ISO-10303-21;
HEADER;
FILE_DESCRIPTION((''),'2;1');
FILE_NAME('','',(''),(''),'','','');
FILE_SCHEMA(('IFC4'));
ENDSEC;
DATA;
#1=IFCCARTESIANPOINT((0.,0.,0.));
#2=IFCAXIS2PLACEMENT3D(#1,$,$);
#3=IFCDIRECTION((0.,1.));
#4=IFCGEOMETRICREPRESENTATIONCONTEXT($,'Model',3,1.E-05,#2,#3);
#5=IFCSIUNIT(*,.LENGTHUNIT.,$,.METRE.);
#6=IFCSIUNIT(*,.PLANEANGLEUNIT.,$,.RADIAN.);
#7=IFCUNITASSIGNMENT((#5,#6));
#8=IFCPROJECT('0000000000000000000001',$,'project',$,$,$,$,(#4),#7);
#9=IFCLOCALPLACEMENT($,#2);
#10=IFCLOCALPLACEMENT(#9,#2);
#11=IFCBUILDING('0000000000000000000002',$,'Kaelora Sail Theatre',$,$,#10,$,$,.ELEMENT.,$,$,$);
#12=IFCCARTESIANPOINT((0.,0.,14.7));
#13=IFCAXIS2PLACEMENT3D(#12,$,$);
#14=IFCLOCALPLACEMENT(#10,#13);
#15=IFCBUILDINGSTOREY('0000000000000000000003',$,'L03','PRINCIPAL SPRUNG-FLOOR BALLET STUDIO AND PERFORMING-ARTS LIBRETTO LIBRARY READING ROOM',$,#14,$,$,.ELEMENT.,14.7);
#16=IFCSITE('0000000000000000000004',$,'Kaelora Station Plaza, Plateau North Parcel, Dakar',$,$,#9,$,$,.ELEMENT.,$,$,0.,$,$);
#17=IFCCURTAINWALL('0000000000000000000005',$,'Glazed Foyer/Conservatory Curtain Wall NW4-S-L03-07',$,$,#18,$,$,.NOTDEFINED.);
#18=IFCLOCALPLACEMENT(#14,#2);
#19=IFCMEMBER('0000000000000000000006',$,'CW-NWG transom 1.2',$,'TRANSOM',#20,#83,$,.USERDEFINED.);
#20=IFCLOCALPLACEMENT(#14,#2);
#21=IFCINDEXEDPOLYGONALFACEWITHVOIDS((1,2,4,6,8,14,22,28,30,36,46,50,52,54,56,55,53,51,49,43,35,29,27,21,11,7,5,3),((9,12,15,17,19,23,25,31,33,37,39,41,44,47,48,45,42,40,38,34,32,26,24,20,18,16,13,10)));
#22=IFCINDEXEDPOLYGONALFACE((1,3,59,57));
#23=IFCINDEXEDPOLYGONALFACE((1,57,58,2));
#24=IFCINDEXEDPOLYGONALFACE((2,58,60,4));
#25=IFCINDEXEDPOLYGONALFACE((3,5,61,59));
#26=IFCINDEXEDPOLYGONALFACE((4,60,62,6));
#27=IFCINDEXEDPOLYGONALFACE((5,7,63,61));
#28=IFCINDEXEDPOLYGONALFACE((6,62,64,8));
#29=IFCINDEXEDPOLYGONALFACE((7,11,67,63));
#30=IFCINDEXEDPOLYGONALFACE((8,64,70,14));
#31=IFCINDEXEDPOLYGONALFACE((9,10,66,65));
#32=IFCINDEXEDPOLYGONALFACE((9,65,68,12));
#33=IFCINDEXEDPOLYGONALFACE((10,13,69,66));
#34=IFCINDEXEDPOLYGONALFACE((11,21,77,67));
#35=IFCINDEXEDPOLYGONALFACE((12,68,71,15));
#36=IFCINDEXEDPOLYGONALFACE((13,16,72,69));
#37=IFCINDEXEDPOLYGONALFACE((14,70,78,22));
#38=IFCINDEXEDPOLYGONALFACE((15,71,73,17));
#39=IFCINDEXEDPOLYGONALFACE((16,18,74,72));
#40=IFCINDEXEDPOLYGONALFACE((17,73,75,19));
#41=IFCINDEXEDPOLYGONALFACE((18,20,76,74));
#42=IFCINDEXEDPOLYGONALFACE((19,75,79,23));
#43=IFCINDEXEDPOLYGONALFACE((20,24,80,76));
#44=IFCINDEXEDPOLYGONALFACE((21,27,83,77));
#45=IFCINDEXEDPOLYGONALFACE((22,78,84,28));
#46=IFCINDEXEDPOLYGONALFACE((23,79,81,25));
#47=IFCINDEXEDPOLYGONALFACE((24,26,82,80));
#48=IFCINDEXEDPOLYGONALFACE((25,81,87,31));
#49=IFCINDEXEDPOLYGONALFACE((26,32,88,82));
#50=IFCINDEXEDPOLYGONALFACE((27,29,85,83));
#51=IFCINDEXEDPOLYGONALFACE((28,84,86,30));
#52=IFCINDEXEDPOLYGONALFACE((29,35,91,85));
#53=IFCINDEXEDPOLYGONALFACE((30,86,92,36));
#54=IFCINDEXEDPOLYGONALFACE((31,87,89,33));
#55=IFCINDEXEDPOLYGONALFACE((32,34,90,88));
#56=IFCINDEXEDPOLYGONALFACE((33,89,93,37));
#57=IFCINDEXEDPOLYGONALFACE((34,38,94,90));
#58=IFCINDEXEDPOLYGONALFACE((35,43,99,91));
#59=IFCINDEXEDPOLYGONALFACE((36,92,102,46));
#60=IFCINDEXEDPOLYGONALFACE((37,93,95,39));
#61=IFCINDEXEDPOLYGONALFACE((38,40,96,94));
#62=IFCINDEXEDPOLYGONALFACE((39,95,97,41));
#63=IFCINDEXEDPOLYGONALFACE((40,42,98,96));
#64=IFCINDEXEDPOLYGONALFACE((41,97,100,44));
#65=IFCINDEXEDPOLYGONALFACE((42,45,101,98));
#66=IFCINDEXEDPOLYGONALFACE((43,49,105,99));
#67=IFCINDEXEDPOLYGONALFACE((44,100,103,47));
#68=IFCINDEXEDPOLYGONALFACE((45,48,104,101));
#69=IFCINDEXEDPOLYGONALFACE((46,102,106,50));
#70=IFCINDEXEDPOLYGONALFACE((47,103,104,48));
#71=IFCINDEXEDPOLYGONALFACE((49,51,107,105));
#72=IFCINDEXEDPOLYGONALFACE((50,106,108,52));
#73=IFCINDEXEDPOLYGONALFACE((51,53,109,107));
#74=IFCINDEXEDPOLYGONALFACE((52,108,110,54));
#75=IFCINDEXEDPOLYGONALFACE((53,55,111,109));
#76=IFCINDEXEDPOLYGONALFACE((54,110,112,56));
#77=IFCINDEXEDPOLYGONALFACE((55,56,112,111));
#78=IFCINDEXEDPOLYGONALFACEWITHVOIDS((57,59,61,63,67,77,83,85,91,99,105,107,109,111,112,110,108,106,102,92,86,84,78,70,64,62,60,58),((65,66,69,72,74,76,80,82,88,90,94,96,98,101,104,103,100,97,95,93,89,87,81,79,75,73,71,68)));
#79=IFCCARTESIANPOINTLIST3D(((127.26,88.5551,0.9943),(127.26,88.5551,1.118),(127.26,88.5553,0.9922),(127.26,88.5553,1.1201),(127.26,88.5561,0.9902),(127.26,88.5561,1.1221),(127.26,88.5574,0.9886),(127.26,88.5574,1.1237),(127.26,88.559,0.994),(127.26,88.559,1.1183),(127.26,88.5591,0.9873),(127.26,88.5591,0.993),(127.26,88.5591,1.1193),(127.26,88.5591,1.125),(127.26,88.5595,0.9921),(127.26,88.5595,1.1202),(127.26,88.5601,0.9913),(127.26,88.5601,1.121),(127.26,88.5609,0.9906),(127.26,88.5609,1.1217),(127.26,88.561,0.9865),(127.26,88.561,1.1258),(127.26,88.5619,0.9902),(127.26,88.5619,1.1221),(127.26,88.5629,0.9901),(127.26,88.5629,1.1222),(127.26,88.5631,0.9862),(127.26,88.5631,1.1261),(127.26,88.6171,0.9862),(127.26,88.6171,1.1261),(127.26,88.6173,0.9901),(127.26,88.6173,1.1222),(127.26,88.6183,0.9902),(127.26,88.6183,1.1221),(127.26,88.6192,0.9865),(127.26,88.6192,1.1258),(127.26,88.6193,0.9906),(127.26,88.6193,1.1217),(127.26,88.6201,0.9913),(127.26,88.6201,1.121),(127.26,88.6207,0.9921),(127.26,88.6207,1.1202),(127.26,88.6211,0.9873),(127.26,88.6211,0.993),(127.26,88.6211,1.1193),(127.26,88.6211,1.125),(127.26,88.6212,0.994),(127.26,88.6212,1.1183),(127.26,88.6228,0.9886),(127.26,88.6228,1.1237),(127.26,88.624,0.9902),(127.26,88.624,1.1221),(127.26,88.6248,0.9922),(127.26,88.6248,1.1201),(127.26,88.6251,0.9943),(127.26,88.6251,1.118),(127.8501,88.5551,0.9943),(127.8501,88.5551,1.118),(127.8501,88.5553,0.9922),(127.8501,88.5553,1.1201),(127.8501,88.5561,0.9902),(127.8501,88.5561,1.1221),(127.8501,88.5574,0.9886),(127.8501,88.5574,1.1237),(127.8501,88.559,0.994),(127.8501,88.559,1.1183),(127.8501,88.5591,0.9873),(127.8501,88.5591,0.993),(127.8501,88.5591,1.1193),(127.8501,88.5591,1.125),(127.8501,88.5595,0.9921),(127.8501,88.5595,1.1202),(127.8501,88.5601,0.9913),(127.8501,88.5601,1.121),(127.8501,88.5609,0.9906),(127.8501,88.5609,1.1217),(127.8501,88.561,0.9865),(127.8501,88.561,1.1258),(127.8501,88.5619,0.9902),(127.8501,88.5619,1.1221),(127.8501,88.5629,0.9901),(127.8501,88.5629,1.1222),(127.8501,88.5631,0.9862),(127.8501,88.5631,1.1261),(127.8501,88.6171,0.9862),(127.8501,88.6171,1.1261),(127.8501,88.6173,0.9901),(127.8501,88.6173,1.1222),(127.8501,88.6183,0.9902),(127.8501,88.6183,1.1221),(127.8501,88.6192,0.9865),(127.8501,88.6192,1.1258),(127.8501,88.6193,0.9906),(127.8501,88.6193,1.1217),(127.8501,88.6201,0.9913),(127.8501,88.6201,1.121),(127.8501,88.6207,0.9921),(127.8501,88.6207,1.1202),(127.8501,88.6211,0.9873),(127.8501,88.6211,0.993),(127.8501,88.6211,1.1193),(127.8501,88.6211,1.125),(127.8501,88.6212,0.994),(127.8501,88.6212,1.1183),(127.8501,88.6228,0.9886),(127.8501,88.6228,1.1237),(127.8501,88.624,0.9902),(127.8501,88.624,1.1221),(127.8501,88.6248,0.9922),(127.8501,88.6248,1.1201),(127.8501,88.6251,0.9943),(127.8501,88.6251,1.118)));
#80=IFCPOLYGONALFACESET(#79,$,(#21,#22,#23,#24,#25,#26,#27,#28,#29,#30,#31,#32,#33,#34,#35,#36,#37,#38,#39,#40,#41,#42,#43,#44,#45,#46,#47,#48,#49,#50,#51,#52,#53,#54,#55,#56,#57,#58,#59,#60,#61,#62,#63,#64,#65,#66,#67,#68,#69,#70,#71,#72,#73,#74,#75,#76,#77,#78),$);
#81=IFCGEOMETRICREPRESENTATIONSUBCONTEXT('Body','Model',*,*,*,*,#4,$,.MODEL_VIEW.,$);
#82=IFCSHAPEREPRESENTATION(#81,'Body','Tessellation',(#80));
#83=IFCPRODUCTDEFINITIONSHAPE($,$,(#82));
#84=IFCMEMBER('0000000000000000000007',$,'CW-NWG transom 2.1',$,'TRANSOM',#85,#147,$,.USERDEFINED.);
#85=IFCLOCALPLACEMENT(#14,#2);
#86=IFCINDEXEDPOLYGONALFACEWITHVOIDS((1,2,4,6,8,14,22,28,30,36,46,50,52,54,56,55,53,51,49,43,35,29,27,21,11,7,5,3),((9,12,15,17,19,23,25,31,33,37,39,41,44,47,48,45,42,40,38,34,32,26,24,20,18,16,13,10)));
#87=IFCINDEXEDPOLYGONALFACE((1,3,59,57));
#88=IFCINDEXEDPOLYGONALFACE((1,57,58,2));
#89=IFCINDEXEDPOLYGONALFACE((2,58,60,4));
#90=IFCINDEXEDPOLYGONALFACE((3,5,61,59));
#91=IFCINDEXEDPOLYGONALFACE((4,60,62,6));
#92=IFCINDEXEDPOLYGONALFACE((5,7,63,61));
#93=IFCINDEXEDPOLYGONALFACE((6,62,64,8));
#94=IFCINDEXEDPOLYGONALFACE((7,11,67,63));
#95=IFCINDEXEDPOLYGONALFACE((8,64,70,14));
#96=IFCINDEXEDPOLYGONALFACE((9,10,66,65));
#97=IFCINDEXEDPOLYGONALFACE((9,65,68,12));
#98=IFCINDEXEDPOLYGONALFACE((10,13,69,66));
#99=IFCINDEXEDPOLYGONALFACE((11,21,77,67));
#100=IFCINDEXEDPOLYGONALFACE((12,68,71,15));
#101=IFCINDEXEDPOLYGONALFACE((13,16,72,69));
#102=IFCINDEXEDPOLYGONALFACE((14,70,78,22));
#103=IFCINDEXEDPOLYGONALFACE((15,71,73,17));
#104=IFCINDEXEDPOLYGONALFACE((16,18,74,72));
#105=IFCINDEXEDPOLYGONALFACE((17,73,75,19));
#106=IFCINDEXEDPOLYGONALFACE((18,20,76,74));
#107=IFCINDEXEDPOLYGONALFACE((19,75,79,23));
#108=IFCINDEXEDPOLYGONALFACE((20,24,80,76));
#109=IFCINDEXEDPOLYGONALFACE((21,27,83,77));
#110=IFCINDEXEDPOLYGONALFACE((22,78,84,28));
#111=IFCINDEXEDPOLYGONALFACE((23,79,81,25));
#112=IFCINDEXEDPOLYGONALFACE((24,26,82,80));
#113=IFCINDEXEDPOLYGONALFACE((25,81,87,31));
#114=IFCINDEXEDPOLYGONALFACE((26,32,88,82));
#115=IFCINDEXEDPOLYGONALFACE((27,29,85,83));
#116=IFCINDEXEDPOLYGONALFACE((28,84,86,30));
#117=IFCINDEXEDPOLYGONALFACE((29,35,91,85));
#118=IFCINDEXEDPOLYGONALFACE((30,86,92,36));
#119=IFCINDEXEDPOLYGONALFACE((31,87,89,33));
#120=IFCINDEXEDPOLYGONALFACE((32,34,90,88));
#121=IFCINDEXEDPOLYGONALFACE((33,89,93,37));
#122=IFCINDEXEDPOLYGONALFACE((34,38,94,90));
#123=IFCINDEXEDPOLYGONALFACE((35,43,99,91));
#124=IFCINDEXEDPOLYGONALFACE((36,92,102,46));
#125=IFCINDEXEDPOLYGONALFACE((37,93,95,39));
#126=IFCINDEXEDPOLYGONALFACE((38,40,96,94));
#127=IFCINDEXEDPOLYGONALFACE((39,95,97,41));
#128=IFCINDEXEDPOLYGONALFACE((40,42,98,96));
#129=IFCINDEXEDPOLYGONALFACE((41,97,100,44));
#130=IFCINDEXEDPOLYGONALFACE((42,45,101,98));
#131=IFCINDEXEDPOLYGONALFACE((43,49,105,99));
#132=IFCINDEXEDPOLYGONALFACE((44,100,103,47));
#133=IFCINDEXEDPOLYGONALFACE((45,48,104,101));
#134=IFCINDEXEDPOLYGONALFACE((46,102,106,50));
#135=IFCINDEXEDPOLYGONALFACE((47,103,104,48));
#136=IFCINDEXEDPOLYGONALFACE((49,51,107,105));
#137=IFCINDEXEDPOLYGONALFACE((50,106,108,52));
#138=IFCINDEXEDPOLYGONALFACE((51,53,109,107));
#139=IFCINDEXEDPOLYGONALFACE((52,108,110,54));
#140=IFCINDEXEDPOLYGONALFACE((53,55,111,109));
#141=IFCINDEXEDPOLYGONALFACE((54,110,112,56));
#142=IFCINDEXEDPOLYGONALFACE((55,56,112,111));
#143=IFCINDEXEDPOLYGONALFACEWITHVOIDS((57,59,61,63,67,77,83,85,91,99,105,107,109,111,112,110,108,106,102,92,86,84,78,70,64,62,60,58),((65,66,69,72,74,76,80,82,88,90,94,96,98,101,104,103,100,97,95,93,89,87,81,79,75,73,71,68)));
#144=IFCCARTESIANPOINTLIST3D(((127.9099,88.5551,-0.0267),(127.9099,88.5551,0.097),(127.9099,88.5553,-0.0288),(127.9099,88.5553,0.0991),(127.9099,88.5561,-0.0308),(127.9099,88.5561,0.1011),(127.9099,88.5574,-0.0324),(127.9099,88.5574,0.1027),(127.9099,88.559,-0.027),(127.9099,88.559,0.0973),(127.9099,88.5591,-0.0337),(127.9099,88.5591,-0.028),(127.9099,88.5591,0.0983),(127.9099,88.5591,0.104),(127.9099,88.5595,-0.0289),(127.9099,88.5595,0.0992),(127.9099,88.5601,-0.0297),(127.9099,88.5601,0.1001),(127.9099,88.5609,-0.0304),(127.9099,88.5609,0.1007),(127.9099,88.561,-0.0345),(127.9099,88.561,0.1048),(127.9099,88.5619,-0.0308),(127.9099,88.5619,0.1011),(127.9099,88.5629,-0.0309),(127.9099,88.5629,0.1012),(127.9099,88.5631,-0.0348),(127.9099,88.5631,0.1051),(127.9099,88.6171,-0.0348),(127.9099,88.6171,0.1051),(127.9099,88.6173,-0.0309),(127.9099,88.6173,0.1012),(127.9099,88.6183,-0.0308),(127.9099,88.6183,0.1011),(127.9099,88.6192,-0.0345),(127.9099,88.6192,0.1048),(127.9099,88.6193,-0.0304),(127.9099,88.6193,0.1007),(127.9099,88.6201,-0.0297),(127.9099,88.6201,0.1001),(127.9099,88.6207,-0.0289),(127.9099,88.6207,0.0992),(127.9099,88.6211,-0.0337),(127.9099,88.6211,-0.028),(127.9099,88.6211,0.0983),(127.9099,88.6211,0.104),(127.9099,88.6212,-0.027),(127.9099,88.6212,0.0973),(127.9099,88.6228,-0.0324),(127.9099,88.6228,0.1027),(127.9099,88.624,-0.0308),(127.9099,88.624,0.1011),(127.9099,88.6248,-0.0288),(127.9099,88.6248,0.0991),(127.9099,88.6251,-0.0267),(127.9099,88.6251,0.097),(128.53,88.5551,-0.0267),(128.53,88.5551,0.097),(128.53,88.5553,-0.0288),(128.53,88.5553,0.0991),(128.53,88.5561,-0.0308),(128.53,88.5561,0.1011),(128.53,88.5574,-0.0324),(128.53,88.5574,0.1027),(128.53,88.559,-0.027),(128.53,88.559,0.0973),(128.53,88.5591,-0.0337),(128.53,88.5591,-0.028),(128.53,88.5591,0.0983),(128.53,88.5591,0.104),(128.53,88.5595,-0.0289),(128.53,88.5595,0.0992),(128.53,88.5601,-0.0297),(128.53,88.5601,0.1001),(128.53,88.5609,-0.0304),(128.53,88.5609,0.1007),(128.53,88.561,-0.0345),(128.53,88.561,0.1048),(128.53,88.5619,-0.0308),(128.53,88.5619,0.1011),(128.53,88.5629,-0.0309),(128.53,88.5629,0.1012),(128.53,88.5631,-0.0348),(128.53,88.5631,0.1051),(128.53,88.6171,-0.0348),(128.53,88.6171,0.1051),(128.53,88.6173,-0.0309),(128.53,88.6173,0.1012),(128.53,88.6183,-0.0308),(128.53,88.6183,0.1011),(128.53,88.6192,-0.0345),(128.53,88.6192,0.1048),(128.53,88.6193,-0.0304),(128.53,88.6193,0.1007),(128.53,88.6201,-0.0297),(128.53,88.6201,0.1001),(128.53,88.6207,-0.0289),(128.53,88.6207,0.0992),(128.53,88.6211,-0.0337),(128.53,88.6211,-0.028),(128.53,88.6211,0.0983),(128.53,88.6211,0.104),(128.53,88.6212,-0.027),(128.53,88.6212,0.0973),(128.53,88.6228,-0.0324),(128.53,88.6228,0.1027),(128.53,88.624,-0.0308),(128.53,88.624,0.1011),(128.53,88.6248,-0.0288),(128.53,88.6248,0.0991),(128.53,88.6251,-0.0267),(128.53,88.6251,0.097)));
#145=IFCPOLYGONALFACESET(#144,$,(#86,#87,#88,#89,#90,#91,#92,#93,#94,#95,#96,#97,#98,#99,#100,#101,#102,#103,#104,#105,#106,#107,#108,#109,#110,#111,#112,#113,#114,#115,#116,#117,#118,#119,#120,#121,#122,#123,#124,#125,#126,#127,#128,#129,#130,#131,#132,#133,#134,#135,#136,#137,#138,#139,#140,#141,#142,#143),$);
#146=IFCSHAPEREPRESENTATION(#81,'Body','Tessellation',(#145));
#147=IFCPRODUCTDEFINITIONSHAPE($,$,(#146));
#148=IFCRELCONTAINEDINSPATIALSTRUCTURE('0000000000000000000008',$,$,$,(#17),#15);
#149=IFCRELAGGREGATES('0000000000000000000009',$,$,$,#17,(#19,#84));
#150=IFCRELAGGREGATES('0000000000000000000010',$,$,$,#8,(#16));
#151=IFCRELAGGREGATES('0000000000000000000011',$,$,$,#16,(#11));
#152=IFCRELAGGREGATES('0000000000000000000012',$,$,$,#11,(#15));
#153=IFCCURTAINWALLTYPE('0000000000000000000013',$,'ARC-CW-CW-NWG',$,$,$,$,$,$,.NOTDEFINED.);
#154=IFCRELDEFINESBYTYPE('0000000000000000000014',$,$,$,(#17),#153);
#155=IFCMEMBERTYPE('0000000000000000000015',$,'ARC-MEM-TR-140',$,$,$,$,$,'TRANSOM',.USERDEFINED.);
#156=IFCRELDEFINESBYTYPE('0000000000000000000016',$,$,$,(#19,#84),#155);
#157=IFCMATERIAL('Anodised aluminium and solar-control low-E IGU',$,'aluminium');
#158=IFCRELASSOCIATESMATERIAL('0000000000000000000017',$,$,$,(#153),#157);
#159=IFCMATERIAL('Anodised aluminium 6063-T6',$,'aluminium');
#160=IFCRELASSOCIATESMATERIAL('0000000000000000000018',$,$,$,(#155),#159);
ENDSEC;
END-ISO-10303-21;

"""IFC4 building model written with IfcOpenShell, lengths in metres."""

from ifc_helpers import new_model, si_unit, direction, frame, origin, origin_2d, place, context, subcontext, project, spatial, hollow_rectangle, extrude, material, material_profile, profile_set, type_object, element, aggregate, save


model = new_model("IFC4")

# Units and contexts
model_context = context("Model", 3, precision=1e-05, world=origin(), true_north=direction((0.0, 1.0)))
body_context = subcontext(model_context, "Body", "Model", "MODEL_VIEW")
ifc_project = project(units=[si_unit("LENGTHUNIT", "METRE"), si_unit("PLANEANGLEUNIT", "RADIAN")], contexts=[model_context])

# Site, building, storey
site_placement = place(None, origin())
site = spatial("IfcSite", under=ifc_project, at=site_placement, Name="Kaelora Station Plaza, Plateau North Parcel, Dakar", CompositionType="ELEMENT", RefElevation=0.0)
building_placement = place(site_placement, origin())
building = spatial("IfcBuilding", under=site, at=building_placement, Name="Kaelora Sail Theatre", CompositionType="ELEMENT")
storey_placement = place(building_placement, frame((0.0, 0.0, 14.7)))
storey = spatial("IfcBuildingStorey", under=building, at=storey_placement, Name="L03", Description="PRINCIPAL SPRUNG-FLOOR BALLET STUDIO AND PERFORMING-ARTS LIBRETTO LIBRARY READING ROOM", CompositionType="ELEMENT", Elevation=14.7)

# Curtain wall
ifc_material_1 = material(Name="Anodised aluminium and solar-control low-E IGU", Category="aluminium")
curtain_wall_type = type_object("IfcCurtainWallType", Name="ARC-CW-CW-NWG", PredefinedType="NOTDEFINED", material=ifc_material_1)
curtain_wall_1_placement = place(storey_placement, origin())
curtain_wall_1 = element("IfcCurtainWall", 1, at=curtain_wall_1_placement, inside=storey, type_object=curtain_wall_type, Name="Glazed Foyer/Conservatory Curtain Wall NW4-S-L03-07", PredefinedType="NOTDEFINED")

# Members
ifc_material_2 = material(Name="Anodised aluminium 6063-T6", Category="aluminium")
ifc_material_profile_1 = material_profile(ifc_material_2, hollow_rectangle(XDim=0.0701, YDim=0.1399, WallThickness=0.0039, InnerFilletRadius=0.0039, OuterFilletRadius=0.0081, at=origin_2d()), Name="ALU-TRAN 70x140x4")
ifc_profile_set_1 = profile_set([ifc_material_profile_1], Name="Anodised aluminium 6063-T6")
member_type_1 = type_object("IfcMemberType", Name="ARC-MEM-TR-140", ElementType="TRANSOM", PredefinedType="USERDEFINED", material=ifc_profile_set_1)
member_1_placement = place(storey_placement, frame((127.26, 88.5901, 1.0562), z_axis=(1.0, 0.0, 0.0), x_axis=(0.0, 1.0, 0.0)))
member_1 = element("IfcMember", 2, at=member_1_placement, type_object=member_type_1, Name="CW-NWG transom 1.2", ObjectType="TRANSOM", PredefinedType="USERDEFINED", context=body_context, shape_type="SweptSolid", body=[
    extrude(hollow_rectangle(XDim=0.0701, YDim=0.1399, WallThickness=0.0039, InnerFilletRadius=0.0039, OuterFilletRadius=0.0081, at=origin_2d()), origin(), (0.0, 0.0, 1.0), 0.5901),
])
member_2_placement = place(storey_placement, frame((127.9099, 88.5901, 0.0352), z_axis=(1.0, 0.0, 0.0), x_axis=(0.0, 1.0, 0.0)))
member_2 = element("IfcMember", 3, at=member_2_placement, type_object=member_type_1, Name="CW-NWG transom 2.1", ObjectType="TRANSOM", PredefinedType="USERDEFINED", context=body_context, shape_type="SweptSolid", body=[
    extrude(hollow_rectangle(XDim=0.0701, YDim=0.1399, WallThickness=0.0039, InnerFilletRadius=0.0039, OuterFilletRadius=0.0081, at=origin_2d()), origin(), (0.0, 0.0, 1.0), 0.6201),
])

aggregate(curtain_wall_1, [member_1, member_2])

save(model, "model.ifc")
